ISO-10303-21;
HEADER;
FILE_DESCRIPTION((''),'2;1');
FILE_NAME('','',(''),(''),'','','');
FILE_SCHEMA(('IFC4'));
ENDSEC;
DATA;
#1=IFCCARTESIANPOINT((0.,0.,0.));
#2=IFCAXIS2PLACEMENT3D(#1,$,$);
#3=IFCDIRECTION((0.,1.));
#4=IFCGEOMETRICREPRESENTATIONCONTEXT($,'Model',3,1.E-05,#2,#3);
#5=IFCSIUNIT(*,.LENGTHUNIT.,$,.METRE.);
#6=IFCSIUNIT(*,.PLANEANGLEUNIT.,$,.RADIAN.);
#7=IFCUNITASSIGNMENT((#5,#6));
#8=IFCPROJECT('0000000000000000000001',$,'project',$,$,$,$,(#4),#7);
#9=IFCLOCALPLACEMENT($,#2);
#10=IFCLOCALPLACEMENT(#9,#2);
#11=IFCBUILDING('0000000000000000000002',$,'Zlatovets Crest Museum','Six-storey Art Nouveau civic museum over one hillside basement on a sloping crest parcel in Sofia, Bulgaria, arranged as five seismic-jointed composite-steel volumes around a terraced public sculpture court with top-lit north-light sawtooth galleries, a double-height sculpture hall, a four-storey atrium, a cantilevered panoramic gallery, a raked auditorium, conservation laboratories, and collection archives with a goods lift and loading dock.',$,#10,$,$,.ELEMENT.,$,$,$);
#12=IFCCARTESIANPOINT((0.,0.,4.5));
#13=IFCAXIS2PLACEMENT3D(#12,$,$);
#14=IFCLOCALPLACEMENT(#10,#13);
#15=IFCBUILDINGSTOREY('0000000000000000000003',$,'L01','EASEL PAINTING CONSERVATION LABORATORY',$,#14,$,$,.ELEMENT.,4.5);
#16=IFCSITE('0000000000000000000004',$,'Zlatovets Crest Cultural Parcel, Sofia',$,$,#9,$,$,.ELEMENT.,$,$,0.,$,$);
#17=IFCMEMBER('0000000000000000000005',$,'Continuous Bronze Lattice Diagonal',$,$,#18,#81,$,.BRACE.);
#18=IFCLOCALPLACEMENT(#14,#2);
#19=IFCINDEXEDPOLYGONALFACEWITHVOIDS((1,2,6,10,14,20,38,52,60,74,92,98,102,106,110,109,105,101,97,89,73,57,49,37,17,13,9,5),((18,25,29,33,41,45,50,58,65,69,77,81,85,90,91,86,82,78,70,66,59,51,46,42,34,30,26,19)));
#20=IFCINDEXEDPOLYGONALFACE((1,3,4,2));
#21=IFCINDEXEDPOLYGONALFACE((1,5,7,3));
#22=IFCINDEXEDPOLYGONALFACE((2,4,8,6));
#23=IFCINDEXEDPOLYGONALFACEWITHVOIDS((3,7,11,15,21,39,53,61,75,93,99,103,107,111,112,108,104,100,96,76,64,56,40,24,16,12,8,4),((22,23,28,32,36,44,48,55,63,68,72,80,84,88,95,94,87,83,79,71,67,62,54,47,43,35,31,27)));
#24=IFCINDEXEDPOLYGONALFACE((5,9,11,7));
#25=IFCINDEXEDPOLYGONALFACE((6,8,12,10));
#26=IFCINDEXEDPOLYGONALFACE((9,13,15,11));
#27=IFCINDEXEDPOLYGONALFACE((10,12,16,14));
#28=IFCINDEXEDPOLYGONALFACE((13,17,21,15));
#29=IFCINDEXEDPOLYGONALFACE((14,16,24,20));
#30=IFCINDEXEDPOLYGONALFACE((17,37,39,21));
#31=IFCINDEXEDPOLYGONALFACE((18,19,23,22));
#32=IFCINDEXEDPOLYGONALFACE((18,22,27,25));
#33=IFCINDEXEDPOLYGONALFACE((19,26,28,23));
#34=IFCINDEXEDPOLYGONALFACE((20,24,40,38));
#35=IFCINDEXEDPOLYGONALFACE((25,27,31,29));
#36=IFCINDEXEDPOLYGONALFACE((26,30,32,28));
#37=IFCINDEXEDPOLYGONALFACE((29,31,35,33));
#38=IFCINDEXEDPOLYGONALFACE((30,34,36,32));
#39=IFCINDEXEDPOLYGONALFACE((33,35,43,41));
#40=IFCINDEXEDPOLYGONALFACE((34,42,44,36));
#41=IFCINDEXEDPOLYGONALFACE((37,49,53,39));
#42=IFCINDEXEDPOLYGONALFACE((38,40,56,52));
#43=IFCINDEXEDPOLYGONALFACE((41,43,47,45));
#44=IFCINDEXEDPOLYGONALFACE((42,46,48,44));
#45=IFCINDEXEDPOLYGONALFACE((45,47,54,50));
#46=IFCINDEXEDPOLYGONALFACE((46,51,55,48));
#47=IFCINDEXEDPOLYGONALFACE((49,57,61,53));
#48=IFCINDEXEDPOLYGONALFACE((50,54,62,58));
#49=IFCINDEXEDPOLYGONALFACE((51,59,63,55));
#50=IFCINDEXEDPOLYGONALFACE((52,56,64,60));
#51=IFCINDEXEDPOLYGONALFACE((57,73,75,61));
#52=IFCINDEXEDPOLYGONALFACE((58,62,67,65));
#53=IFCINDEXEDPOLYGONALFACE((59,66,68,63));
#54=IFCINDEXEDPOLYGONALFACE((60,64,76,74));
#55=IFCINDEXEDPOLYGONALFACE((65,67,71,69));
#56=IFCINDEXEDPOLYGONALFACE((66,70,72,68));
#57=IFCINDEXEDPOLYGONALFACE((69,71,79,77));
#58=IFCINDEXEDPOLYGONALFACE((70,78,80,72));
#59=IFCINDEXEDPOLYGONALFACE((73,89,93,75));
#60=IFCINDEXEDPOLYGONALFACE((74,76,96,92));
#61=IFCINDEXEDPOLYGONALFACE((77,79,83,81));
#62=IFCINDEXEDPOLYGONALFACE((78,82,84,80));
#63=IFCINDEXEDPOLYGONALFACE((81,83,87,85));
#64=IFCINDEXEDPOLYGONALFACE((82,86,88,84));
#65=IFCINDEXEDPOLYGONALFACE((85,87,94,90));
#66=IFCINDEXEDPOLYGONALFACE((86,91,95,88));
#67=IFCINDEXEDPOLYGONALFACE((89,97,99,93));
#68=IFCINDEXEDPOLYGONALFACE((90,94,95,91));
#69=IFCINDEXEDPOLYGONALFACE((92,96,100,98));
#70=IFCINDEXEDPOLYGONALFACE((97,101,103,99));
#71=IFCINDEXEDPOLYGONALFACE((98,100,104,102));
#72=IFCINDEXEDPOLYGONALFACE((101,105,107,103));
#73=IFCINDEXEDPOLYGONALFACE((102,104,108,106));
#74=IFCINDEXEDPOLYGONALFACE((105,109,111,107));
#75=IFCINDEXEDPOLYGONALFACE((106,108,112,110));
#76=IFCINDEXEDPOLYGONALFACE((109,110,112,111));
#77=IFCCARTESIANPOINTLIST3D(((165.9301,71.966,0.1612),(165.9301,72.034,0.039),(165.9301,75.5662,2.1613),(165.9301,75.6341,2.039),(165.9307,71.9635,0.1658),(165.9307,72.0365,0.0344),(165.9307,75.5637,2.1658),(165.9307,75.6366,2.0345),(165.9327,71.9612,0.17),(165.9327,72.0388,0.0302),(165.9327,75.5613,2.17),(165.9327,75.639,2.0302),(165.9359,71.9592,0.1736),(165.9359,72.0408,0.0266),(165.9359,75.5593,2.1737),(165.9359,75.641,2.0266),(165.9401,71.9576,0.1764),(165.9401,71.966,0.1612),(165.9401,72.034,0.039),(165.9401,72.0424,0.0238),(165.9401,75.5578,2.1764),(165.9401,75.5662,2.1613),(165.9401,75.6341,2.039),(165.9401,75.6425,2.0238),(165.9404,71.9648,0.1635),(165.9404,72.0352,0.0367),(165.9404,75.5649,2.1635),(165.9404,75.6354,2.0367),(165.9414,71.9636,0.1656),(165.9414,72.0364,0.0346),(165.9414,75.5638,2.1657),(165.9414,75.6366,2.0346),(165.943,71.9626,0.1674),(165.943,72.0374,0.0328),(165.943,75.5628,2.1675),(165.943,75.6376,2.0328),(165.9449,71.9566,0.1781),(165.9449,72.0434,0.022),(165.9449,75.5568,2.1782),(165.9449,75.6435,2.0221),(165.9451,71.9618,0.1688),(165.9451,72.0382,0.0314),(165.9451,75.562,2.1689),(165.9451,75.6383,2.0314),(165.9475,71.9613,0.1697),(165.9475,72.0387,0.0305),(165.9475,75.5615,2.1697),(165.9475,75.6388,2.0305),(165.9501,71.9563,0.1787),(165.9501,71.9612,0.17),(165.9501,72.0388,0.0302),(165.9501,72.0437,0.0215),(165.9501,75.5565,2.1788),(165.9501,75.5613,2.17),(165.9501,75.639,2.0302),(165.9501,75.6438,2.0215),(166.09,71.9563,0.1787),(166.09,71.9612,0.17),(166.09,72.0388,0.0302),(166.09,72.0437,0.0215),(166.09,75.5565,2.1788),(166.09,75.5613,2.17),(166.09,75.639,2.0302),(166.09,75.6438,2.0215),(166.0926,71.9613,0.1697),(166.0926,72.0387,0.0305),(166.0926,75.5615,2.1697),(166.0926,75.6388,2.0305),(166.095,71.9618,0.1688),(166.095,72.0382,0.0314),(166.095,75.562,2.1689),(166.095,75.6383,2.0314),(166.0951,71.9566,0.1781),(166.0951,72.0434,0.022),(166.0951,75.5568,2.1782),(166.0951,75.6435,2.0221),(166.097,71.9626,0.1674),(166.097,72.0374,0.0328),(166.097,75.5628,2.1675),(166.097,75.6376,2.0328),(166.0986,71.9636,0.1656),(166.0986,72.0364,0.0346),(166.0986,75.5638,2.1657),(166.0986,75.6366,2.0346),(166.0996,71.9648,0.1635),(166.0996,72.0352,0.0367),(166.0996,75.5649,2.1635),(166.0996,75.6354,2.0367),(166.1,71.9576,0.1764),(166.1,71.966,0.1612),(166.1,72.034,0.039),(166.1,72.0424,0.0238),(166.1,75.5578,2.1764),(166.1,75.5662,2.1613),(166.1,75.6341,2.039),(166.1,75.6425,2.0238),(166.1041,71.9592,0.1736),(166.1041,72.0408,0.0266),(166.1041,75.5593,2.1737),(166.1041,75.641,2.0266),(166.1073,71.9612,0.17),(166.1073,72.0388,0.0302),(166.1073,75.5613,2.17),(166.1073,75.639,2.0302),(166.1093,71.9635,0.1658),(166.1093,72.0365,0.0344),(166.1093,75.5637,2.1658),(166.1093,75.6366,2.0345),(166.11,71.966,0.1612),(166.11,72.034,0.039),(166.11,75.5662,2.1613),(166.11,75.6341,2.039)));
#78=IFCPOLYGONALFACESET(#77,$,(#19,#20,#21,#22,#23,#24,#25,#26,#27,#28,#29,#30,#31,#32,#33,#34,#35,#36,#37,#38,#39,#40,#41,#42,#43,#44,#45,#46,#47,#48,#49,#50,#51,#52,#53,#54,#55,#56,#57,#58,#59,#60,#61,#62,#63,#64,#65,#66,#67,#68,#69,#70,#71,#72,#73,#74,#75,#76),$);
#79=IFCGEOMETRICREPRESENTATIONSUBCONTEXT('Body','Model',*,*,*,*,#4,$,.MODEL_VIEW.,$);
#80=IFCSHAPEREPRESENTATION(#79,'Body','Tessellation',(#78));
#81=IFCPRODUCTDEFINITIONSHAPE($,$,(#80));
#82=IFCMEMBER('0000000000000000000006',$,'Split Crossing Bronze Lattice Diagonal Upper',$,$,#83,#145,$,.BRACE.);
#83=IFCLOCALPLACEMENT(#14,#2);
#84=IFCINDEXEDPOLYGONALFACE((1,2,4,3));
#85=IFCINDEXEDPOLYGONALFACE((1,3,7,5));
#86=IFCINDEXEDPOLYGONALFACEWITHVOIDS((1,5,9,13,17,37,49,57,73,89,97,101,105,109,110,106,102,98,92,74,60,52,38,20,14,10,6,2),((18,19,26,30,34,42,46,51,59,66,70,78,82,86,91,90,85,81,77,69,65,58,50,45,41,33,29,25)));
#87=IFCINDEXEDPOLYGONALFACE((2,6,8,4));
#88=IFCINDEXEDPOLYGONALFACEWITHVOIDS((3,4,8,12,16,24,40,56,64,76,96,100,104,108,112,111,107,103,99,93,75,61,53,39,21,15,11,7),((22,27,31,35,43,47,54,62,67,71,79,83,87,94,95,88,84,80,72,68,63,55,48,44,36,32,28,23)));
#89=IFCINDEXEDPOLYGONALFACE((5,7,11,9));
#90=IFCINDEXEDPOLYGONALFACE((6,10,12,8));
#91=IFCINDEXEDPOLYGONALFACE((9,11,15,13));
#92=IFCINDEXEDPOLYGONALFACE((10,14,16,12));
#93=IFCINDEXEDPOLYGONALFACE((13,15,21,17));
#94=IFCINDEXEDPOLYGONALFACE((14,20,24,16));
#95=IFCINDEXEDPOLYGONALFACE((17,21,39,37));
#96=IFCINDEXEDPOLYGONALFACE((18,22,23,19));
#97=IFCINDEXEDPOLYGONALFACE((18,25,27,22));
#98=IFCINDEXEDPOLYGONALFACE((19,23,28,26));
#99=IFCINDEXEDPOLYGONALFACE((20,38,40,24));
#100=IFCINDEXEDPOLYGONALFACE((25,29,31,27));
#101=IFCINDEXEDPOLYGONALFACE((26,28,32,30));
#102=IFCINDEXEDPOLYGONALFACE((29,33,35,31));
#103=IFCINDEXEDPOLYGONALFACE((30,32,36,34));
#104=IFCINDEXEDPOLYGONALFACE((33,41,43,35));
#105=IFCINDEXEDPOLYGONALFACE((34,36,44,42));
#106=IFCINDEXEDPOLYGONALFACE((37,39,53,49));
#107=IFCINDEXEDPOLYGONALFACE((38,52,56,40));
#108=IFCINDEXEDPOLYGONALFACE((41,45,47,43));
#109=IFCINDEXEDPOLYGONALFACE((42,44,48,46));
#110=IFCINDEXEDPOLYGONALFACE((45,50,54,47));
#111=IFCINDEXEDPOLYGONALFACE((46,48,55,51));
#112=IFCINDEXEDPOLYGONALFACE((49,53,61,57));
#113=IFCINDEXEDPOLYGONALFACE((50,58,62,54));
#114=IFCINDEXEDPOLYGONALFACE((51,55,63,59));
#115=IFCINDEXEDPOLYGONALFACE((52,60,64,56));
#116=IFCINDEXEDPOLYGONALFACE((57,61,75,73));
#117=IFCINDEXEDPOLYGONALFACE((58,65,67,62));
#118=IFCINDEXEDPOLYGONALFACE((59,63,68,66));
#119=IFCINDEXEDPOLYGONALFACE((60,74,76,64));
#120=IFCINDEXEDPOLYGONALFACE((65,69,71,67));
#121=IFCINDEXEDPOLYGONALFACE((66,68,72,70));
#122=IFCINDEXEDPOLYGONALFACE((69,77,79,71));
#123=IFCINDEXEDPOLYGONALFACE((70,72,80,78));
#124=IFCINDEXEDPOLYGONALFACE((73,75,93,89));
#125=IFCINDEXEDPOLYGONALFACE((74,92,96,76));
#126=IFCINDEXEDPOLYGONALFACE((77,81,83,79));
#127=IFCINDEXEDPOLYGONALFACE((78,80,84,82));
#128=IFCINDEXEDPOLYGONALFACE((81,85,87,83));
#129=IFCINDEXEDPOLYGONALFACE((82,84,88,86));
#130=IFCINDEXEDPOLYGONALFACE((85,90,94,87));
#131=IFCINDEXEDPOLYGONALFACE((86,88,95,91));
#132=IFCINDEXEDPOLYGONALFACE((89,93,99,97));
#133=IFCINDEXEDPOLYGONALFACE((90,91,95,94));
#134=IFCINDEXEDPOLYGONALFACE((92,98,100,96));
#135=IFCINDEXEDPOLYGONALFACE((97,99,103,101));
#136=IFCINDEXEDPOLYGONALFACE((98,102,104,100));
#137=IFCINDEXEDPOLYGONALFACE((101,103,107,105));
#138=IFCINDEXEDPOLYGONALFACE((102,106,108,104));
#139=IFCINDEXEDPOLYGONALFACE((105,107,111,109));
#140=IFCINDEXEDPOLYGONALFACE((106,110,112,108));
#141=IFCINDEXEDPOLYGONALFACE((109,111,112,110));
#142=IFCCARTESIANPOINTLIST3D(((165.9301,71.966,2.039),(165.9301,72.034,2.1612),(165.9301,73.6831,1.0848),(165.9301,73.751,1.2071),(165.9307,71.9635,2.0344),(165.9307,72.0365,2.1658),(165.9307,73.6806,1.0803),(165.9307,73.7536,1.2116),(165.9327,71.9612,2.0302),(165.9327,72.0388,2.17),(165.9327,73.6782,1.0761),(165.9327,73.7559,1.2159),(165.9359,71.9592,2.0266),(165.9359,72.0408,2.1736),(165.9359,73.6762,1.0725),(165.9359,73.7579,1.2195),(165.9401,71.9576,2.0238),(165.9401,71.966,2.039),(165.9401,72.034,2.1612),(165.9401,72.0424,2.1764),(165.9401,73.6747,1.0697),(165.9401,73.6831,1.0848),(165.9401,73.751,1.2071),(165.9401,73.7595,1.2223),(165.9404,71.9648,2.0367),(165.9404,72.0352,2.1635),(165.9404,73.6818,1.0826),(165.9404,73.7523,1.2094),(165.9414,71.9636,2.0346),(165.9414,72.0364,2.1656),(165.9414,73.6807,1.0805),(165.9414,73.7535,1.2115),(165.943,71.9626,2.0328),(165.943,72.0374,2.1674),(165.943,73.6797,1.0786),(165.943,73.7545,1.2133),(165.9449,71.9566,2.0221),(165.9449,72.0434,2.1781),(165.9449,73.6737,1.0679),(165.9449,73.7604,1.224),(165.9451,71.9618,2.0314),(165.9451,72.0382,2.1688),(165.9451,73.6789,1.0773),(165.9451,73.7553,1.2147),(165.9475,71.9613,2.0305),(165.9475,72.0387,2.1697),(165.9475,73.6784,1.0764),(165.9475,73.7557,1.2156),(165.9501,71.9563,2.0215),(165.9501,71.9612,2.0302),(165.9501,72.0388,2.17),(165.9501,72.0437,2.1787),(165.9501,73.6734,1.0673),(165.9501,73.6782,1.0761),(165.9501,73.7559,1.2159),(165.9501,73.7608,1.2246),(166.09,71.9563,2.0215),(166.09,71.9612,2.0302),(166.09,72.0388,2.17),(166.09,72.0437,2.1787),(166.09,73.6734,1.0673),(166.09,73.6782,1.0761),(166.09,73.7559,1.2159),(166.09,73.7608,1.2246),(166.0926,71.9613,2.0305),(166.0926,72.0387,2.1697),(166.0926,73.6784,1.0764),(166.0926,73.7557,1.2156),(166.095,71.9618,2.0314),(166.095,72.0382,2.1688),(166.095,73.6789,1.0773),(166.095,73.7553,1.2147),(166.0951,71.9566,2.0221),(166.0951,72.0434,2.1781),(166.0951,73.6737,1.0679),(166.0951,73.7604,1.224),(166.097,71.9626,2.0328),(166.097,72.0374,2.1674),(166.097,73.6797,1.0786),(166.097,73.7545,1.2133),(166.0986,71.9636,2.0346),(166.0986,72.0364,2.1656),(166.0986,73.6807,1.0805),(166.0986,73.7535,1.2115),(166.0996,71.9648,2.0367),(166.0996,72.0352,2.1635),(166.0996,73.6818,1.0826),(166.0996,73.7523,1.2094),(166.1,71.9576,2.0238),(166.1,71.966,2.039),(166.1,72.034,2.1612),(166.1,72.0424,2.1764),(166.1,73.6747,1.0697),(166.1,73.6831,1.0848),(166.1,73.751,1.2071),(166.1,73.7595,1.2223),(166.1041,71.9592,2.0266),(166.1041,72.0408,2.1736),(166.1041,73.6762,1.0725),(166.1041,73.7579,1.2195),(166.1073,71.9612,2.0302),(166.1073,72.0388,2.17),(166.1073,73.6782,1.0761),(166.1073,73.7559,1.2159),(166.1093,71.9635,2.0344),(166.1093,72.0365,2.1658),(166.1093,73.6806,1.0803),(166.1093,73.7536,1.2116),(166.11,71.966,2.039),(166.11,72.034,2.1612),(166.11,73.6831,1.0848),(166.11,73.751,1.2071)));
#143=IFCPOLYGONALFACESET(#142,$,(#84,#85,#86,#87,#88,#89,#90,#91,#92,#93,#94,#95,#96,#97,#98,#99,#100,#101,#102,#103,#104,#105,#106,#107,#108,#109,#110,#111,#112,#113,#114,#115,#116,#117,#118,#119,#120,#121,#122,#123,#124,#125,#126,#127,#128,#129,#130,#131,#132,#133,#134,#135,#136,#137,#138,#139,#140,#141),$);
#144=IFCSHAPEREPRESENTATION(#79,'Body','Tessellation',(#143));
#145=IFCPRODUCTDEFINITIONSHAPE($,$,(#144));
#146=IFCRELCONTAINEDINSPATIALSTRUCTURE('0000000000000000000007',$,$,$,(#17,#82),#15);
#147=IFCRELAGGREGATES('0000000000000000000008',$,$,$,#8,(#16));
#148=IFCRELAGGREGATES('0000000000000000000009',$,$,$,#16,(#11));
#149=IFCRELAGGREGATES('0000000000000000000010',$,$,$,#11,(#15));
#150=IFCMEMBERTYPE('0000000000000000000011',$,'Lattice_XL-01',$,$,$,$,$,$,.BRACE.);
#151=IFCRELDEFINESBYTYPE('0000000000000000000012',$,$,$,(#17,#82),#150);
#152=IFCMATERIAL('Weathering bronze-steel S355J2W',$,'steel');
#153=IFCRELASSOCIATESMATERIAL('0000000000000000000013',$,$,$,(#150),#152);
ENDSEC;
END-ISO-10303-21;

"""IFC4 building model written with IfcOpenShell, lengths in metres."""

from ifc_helpers import new_model, si_unit, direction, frame, origin, origin_2d, place, context, subcontext, project, spatial, hollow_rectangle, extrude, material, material_profile, profile_set, type_object, element, save


model = new_model("IFC4")

# Units and contexts
model_context = context("Model", 3, precision=1e-05, world=origin(), true_north=direction((0.0, 1.0)))
body_context = subcontext(model_context, "Body", "Model", "MODEL_VIEW")
ifc_project = project(units=[si_unit("LENGTHUNIT", "METRE"), si_unit("PLANEANGLEUNIT", "RADIAN")], contexts=[model_context])

# Site, building, storey
site_placement = place(None, origin())
site = spatial("IfcSite", under=ifc_project, at=site_placement, Name="Zlatovets Crest Cultural Parcel, Sofia", CompositionType="ELEMENT", RefElevation=0.0)
building_placement = place(site_placement, origin())
building = spatial("IfcBuilding", under=site, at=building_placement, Name="Zlatovets Crest Museum", Description="Six-storey Art Nouveau civic museum over one hillside basement on a sloping crest parcel in Sofia, Bulgaria, arranged as five seismic-jointed composite-steel volumes around a terraced public sculpture court with top-lit north-light sawtooth galleries, a double-height sculpture hall, a four-storey atrium, a cantilevered panoramic gallery, a raked auditorium, conservation laboratories, and collection archives with a goods lift and loading dock.", CompositionType="ELEMENT")
storey_placement = place(building_placement, frame((0.0, 0.0, 4.5)))
storey = spatial("IfcBuildingStorey", under=building, at=storey_placement, Name="L01", Description="EASEL PAINTING CONSERVATION LABORATORY", CompositionType="ELEMENT", Elevation=4.5)

# Members
ifc_material_1 = material(Name="Weathering bronze-steel S355J2W", Category="steel")
ifc_material_profile_1 = material_profile(ifc_material_1, hollow_rectangle(XDim=0.1799, YDim=0.1799, WallThickness=0.01, InnerFilletRadius=0.01, OuterFilletRadius=0.02, at=origin_2d()), Name="SHS 180x180x10.0")
ifc_profile_set_1 = profile_set([ifc_material_profile_1], Name="Weathering bronze-steel S355J2W")
member_type_1 = type_object("IfcMemberType", Name="Lattice_XL-01", PredefinedType="BRACE", material=ifc_profile_set_1)
member_1_placement = place(storey_placement, frame((166.02, 72.0, 0.1001), z_axis=(0.0, 0.874163, 0.485633), x_axis=(-1.0, 0.0, 0.0)))
element("IfcMember", 1, at=member_1_placement, inside=storey, type_object=member_type_1, Name="Continuous Bronze Lattice Diagonal", PredefinedType="BRACE", context=body_context, shape_type="SweptSolid", body=[
    extrude(hollow_rectangle(XDim=0.1799, YDim=0.1799, WallThickness=0.01, InnerFilletRadius=0.01, OuterFilletRadius=0.02, at=origin_2d()), origin(), (0.0, 0.0, 1.0), 4.1184),
])
member_2_placement = place(storey_placement, frame((166.02, 72.0, 2.1001), z_axis=(0.0, 0.874116, -0.485717), x_axis=(-1.0, 0.0, 0.0)))
element("IfcMember", 2, at=member_2_placement, inside=storey, type_object=member_type_1, Name="Split Crossing Bronze Lattice Diagonal Upper", PredefinedType="BRACE", context=body_context, shape_type="SweptSolid", body=[
    extrude(hollow_rectangle(XDim=0.1799, YDim=0.1799, WallThickness=0.01, InnerFilletRadius=0.01, OuterFilletRadius=0.02, at=origin_2d()), origin(), (0.0, 0.0, 1.0), 1.9644),
])

save(model, "model.ifc")
